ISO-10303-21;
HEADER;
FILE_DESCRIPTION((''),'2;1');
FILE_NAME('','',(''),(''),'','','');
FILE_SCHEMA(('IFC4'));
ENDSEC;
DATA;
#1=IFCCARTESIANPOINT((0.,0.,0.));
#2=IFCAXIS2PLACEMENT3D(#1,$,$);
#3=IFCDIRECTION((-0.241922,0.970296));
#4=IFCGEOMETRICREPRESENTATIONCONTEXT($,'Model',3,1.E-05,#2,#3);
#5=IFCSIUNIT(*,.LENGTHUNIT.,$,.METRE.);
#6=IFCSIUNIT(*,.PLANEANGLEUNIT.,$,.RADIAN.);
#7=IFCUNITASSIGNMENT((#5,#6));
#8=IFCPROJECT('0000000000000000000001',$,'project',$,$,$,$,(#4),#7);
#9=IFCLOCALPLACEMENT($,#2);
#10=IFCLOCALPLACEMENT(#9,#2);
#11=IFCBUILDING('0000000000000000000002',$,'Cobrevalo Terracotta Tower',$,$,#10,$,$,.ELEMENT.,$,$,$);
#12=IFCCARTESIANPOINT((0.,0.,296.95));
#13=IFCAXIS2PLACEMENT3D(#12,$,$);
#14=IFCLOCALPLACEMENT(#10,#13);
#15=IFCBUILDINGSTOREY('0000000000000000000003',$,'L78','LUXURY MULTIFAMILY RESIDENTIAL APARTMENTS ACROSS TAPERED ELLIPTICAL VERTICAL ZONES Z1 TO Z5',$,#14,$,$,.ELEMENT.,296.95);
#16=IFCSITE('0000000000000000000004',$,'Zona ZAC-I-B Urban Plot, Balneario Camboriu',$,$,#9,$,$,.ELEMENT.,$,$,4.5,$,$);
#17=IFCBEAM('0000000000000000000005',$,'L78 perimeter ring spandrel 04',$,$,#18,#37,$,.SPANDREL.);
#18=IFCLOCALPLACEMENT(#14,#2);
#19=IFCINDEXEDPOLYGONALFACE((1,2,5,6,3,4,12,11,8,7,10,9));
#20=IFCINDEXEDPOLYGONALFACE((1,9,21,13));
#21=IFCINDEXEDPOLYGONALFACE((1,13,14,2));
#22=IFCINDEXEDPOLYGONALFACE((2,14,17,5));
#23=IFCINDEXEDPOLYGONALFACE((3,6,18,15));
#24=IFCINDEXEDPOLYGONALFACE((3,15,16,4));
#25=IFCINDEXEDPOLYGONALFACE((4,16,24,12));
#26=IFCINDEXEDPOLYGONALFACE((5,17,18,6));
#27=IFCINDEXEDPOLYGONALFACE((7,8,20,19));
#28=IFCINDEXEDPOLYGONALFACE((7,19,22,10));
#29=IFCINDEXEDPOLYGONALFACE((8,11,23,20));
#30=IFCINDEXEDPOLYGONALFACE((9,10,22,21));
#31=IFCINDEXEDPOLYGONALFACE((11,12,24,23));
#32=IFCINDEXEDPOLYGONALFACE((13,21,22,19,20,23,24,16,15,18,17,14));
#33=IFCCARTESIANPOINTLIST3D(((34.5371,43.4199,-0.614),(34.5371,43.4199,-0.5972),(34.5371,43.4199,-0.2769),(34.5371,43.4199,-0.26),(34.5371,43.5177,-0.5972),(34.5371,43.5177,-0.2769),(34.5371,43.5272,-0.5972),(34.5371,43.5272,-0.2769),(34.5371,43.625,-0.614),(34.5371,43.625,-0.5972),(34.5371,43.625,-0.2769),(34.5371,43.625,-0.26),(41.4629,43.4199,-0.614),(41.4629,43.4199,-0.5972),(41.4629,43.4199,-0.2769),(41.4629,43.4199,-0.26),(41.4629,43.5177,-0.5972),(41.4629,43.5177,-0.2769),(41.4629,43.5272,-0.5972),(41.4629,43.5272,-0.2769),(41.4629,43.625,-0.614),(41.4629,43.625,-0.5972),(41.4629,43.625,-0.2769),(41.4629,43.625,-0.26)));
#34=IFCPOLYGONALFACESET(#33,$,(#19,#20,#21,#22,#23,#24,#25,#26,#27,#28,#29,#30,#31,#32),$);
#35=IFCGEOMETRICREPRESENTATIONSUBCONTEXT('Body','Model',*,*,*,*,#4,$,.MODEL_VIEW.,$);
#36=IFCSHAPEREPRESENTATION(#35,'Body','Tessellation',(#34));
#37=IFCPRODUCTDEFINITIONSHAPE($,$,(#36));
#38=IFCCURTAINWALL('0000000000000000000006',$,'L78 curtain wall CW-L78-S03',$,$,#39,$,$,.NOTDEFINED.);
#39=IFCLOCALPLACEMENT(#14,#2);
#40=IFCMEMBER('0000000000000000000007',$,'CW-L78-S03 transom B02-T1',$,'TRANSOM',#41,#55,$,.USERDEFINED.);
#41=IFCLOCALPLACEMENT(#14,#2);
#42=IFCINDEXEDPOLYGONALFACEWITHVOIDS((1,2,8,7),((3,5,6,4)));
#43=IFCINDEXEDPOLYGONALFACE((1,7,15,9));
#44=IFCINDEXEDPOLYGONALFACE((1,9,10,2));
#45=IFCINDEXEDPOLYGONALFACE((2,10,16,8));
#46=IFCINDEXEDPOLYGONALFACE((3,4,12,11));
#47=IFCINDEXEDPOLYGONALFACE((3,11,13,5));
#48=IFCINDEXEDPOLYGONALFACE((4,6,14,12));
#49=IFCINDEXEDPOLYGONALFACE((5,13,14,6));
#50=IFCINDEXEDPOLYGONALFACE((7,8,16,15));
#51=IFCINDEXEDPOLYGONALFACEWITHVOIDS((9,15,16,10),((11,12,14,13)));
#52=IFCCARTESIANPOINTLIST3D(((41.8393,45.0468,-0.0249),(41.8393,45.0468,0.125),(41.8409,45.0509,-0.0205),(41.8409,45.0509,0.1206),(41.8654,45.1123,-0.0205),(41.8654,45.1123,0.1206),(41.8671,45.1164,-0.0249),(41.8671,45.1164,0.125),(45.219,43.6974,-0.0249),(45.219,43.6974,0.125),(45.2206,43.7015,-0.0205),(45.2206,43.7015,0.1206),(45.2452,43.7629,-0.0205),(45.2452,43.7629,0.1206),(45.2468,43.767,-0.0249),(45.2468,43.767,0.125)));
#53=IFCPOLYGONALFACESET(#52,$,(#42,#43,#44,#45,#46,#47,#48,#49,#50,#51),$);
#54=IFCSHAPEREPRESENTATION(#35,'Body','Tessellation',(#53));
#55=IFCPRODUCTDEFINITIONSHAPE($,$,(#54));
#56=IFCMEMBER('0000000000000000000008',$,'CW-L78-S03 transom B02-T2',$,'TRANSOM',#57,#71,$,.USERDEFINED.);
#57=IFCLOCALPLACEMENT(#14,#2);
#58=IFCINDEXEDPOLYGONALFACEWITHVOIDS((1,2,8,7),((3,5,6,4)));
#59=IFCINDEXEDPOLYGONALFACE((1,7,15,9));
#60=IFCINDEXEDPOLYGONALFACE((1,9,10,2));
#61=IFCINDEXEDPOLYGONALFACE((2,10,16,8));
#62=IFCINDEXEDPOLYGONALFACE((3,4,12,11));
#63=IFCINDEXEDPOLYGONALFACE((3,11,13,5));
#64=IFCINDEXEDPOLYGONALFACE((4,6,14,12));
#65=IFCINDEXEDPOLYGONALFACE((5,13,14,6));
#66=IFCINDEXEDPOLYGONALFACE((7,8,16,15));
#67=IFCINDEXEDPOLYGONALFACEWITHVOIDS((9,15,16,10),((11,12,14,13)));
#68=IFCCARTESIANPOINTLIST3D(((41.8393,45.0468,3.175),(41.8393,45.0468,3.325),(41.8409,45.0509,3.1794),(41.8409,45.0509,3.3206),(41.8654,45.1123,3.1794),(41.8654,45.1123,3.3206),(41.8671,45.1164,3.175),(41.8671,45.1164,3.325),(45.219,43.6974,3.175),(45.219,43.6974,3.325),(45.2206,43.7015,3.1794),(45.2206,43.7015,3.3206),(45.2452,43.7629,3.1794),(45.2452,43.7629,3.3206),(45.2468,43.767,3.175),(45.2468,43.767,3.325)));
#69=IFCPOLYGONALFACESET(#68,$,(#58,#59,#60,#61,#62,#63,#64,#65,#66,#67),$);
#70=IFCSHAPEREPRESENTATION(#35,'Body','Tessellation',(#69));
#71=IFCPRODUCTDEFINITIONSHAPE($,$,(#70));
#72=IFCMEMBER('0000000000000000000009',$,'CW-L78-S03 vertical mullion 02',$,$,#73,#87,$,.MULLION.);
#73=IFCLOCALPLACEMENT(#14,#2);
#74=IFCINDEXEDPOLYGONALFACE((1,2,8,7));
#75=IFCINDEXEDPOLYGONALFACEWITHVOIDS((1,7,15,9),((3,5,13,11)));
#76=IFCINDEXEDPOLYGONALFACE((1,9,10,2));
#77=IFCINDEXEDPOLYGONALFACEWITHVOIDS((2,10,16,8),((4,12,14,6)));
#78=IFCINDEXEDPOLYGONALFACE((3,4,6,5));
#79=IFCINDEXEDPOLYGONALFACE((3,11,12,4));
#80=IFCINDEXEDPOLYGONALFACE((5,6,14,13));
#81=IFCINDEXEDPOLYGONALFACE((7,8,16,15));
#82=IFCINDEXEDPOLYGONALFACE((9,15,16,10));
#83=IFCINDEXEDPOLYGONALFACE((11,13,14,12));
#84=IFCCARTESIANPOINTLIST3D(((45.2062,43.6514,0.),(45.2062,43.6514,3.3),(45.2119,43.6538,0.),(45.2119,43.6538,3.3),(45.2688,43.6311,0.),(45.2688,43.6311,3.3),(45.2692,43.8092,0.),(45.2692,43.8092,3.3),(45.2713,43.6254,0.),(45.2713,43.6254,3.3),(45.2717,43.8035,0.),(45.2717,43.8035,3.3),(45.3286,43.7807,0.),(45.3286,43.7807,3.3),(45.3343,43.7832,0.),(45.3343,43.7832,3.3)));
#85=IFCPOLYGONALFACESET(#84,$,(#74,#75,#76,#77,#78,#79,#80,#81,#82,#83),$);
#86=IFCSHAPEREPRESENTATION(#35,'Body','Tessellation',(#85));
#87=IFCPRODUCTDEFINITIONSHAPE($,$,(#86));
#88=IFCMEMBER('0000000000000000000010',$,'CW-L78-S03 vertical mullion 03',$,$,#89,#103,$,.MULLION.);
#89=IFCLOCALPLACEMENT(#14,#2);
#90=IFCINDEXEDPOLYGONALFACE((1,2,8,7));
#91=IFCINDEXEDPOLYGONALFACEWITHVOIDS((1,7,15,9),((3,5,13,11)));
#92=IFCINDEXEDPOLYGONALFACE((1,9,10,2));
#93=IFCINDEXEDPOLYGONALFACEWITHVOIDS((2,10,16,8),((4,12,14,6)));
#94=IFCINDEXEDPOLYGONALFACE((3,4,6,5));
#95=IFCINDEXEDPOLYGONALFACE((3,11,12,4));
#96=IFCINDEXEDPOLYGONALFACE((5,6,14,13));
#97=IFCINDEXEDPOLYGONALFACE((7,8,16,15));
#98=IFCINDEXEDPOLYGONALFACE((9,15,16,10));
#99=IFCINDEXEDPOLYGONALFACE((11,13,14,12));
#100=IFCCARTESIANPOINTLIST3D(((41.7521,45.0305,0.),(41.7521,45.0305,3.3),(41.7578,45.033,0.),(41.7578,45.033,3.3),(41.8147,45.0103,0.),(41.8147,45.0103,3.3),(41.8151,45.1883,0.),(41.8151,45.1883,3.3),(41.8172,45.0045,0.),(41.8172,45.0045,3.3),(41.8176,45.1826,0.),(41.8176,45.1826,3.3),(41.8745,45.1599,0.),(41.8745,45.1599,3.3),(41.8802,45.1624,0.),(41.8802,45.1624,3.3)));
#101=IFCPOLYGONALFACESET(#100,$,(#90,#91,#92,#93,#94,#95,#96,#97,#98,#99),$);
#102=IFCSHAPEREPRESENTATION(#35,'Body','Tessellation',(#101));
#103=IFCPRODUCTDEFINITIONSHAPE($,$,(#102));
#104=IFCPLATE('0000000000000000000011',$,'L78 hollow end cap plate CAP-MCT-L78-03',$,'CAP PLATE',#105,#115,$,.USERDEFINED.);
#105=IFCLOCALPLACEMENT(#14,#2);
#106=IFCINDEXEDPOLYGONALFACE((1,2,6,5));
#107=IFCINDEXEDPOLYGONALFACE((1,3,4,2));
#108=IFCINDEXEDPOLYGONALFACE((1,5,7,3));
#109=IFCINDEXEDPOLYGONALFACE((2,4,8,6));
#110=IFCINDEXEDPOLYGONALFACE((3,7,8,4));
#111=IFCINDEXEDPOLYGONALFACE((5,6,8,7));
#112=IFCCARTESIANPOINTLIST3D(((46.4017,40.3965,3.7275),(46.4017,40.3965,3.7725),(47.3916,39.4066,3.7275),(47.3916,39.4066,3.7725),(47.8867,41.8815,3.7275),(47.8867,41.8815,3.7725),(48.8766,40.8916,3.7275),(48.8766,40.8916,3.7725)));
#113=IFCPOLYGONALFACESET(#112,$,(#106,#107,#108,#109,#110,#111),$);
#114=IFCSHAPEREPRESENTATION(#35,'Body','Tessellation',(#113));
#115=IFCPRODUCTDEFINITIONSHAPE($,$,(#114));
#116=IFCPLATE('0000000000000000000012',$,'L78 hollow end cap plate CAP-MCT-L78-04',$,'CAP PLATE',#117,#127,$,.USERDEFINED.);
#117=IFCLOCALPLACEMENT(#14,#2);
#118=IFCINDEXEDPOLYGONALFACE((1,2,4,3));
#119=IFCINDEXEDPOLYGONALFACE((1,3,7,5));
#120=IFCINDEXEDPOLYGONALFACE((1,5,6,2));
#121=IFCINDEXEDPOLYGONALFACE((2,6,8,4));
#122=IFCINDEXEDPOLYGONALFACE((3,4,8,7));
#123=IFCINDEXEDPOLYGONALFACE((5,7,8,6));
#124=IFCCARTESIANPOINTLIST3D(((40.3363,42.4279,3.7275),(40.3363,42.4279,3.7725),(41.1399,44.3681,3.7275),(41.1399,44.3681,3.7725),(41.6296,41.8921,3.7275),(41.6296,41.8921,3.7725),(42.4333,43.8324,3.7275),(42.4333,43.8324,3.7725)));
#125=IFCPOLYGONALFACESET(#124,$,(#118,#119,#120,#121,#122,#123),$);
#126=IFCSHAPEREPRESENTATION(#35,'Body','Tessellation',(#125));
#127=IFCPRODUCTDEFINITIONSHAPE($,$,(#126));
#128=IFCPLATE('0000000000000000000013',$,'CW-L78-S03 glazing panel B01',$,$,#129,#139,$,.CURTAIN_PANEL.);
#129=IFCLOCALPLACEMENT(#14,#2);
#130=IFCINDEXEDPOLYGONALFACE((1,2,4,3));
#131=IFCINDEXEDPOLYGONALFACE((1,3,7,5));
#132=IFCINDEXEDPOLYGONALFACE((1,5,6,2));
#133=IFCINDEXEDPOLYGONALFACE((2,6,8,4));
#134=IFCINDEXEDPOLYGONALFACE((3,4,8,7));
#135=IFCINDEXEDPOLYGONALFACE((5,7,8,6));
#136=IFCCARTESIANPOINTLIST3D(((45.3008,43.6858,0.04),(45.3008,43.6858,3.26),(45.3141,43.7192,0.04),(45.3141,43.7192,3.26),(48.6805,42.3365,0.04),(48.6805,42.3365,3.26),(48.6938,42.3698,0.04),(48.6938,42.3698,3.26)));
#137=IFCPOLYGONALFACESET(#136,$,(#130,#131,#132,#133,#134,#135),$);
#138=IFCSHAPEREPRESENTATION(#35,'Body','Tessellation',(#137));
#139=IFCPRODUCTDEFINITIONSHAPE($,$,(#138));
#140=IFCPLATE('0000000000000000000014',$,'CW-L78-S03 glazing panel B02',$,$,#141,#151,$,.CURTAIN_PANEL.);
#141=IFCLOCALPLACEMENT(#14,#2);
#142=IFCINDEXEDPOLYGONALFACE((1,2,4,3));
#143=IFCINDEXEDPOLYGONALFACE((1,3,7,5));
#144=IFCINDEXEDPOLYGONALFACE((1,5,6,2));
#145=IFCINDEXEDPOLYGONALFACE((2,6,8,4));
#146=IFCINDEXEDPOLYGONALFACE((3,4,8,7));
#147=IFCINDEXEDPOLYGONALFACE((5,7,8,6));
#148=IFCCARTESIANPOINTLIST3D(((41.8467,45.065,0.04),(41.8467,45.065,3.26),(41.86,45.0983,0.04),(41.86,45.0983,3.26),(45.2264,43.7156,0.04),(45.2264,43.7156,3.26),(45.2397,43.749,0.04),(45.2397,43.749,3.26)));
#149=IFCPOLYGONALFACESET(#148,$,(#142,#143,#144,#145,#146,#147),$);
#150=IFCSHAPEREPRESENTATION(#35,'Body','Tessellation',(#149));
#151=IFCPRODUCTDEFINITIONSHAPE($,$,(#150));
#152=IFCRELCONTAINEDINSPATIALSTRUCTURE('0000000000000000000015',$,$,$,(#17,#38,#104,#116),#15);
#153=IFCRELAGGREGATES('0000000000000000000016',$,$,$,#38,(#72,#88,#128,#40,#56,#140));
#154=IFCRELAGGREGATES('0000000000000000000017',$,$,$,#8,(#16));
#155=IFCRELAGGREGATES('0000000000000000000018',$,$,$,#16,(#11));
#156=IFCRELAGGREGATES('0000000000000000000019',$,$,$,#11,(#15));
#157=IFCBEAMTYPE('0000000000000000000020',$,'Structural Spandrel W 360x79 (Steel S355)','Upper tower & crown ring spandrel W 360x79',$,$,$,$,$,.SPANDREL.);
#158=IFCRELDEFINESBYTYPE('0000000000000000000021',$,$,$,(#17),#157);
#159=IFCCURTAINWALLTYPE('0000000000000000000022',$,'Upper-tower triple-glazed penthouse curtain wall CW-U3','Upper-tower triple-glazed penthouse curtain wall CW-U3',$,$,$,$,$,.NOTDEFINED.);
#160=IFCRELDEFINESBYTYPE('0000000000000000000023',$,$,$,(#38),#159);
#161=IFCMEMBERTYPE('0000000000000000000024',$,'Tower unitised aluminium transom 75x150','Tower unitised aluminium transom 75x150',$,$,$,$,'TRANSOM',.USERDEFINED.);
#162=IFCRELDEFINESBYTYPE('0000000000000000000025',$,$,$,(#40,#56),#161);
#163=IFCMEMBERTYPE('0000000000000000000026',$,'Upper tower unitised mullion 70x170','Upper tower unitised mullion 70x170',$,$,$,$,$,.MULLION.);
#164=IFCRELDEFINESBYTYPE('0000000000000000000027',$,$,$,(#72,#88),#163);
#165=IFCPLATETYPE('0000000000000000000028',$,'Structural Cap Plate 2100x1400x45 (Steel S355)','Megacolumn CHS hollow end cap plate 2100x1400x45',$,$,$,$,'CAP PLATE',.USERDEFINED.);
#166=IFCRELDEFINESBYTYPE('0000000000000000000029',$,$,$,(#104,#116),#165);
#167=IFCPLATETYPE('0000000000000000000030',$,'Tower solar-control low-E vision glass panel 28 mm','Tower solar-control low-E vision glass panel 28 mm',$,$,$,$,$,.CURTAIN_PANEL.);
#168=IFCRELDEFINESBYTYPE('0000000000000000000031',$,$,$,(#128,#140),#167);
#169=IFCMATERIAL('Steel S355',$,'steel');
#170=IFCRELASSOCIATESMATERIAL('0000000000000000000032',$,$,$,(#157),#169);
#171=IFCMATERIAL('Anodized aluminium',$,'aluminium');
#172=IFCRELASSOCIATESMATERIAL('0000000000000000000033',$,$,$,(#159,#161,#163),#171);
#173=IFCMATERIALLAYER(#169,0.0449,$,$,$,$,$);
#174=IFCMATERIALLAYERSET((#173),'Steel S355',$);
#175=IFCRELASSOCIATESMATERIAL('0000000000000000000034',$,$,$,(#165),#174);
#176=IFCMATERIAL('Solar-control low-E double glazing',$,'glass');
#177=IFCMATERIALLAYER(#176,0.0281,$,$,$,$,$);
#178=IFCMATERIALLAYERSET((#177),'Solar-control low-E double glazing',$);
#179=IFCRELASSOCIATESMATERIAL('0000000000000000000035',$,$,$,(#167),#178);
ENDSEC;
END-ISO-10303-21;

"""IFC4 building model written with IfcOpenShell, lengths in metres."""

from ifc_helpers import new_model, si_unit, direction, frame, origin, origin_2d, place, context, subcontext, project, spatial, rectangle, hollow_rectangle, i_section, extrude, source, transform, mapped, material, layer, layer_set, material_profile, profile_set, type_object, element, aggregate, save


model = new_model("IFC4")

# Units and contexts
model_context = context("Model", 3, precision=1e-05, world=origin(), true_north=direction((-0.241922, 0.970296)))
body_context = subcontext(model_context, "Body", "Model", "MODEL_VIEW")
ifc_project = project(units=[si_unit("LENGTHUNIT", "METRE"), si_unit("PLANEANGLEUNIT", "RADIAN")], contexts=[model_context])

# Site, building, storey
site_placement = place(None, origin())
site = spatial("IfcSite", under=ifc_project, at=site_placement, Name="Zona ZAC-I-B Urban Plot, Balneario Camboriu", CompositionType="ELEMENT", RefElevation=4.5)
building_placement = place(site_placement, origin())
building = spatial("IfcBuilding", under=site, at=building_placement, Name="Cobrevalo Terracotta Tower", CompositionType="ELEMENT")
storey_placement = place(building_placement, frame((0.0, 0.0, 296.95)))
storey = spatial("IfcBuildingStorey", under=building, at=storey_placement, Name="L78", Description="LUXURY MULTIFAMILY RESIDENTIAL APARTMENTS ACROSS TAPERED ELLIPTICAL VERTICAL ZONES Z1 TO Z5", CompositionType="ELEMENT", Elevation=296.95)

# Shared definitions
ifc_material_1 = material(Name="Steel S355", Category="steel")

# Beam
ifc_material_profile_1 = material_profile(ifc_material_1, i_section(OverallWidth=0.2051, OverallDepth=0.354, WebThickness=0.0095, FlangeThickness=0.0168, at=origin_2d()), Name="W 360x79")
ifc_profile_set_1 = profile_set([ifc_material_profile_1], Name="Steel S355")
beam_type_1 = type_object("IfcBeamType", Name="Structural Spandrel W 360x79 (Steel S355)", Description="Upper tower & crown ring spandrel W 360x79", PredefinedType="SPANDREL", material=ifc_profile_set_1)
beam_1_placement = place(storey_placement, frame((41.4629, 43.5225, -0.437), z_axis=(-1.0, 0.0, 0.0), x_axis=(0.0, -1.0, 0.0)))
element("IfcBeam", 1, at=beam_1_placement, inside=storey, type_object=beam_type_1, Name="L78 perimeter ring spandrel 04", PredefinedType="SPANDREL", context=body_context, shape_type="SweptSolid", body=[
    extrude(i_section(OverallWidth=0.2051, OverallDepth=0.354, WebThickness=0.0095, FlangeThickness=0.0168, at=origin_2d()), origin(), (0.0, 0.0, 1.0), 6.9258),
])

# Curtain wall, members
ifc_material_2 = material(Name="Anodized aluminium", Category="aluminium")
curtain_wall_type = type_object("IfcCurtainWallType", Name="Upper-tower triple-glazed penthouse curtain wall CW-U3", Description="Upper-tower triple-glazed penthouse curtain wall CW-U3", PredefinedType="NOTDEFINED", material=ifc_material_2)
curtain_wall_placement = place(storey_placement, origin())
curtain_wall = element("IfcCurtainWall", 2, at=curtain_wall_placement, inside=storey, type_object=curtain_wall_type, Name="L78 curtain wall CW-L78-S03", PredefinedType="NOTDEFINED")
ifc_material_profile_2 = material_profile(ifc_material_2, hollow_rectangle(XDim=0.075, YDim=0.1499, WallThickness=0.0044, at=origin_2d()), Name="CWT 75x150")
ifc_profile_set_2 = profile_set([ifc_material_profile_2], Name="Anodized aluminium")
member_type_1 = type_object("IfcMemberType", Name="Tower unitised aluminium transom 75x150", Description="Tower unitised aluminium transom 75x150", ElementType="TRANSOM", PredefinedType="USERDEFINED", material=ifc_profile_set_2)
shared_shape_1 = source(origin(), body_context, "Body", "SweptSolid", [
    extrude(hollow_rectangle(XDim=0.075, YDim=0.1499, WallThickness=0.0044, at=origin_2d()), origin(), (0.0, 0.0, 1.0), 3.6392),
])
member_1_placement = place(storey_placement, frame((45.2329, 43.7322, 0.05), z_axis=(-0.928712, 0.370801, 0.0), x_axis=(-0.370801, -0.928712, 0.0)))
member_1 = element("IfcMember", 3, at=member_1_placement, type_object=member_type_1, Name="CW-L78-S03 transom B02-T1", ObjectType="TRANSOM", PredefinedType="USERDEFINED", context=body_context, shape_type="MappedRepresentation", body=[
    mapped(shared_shape_1, transform((0.0, 0.0, 0.0), scale=1.0)),
])
member_2_placement = place(storey_placement, frame((45.2329, 43.7322, 3.25), z_axis=(-0.928712, 0.370801, 0.0), x_axis=(-0.370801, -0.928712, 0.0)))
member_2 = element("IfcMember", 4, at=member_2_placement, type_object=member_type_1, Name="CW-L78-S03 transom B02-T2", ObjectType="TRANSOM", PredefinedType="USERDEFINED", context=body_context, shape_type="MappedRepresentation", body=[
    mapped(shared_shape_1, transform((0.0, 0.0, 0.0), scale=1.0)),
])
ifc_material_profile_3 = material_profile(ifc_material_2, hollow_rectangle(XDim=0.0701, YDim=0.1699, WallThickness=0.0044, at=origin_2d()), Name="CWM 70x170")
ifc_profile_set_3 = profile_set([ifc_material_profile_3], Name="Anodized aluminium")
member_type_2 = type_object("IfcMemberType", Name="Upper tower unitised mullion 70x170", Description="Upper tower unitised mullion 70x170", PredefinedType="MULLION", material=ifc_profile_set_3)
shared_shape_2 = source(origin(), body_context, "Body", "SweptSolid", [
    extrude(hollow_rectangle(XDim=0.0701, YDim=0.1699, WallThickness=0.0044, at=origin_2d()), origin(), (0.0, 0.0, 1.0), 3.3),
])
member_3_placement = place(storey_placement, frame((45.2703, 43.7173, 0.0), z_axis=(0.0, 0.0, 1.0), x_axis=(-0.928719, 0.370784, 0.0)))
member_3 = element("IfcMember", 5, at=member_3_placement, type_object=member_type_2, Name="CW-L78-S03 vertical mullion 02", PredefinedType="MULLION", context=body_context, shape_type="MappedRepresentation", body=[
    mapped(shared_shape_2, transform((0.0, 0.0, 0.0), scale=1.0)),
])
member_4_placement = place(storey_placement, frame((41.8162, 45.0964, 0.0), z_axis=(0.0, 0.0, 1.0), x_axis=(-0.928719, 0.370784, 0.0)))
member_4 = element("IfcMember", 6, at=member_4_placement, type_object=member_type_2, Name="CW-L78-S03 vertical mullion 03", PredefinedType="MULLION", context=body_context, shape_type="MappedRepresentation", body=[
    mapped(shared_shape_2, transform((0.0, 0.0, 0.0), scale=1.0)),
])

# Plates
ifc_layer_1 = layer(ifc_material_1, 0.0449)
ifc_layer_set_1 = layer_set([ifc_layer_1], Name="Steel S355")
plate_type_1 = type_object("IfcPlateType", Name="Structural Cap Plate 2100x1400x45 (Steel S355)", Description="Megacolumn CHS hollow end cap plate 2100x1400x45", ElementType="CAP PLATE", PredefinedType="USERDEFINED", material=ifc_layer_set_1)
shared_shape_3 = source(origin(), body_context, "Body", "SweptSolid", [
    extrude(rectangle(XDim=2.1001, YDim=1.3999, at=origin_2d()), origin(), (0.0, 0.0, 1.0), 0.0449),
])
for number, where, z_axis, x_axis, name in (
    (7, (47.6392, 40.644, 3.7275), (0.0, 0.0, 1.0), (0.707107, 0.707107, 0.0), "L78 hollow end cap plate CAP-MCT-L78-03"),
    (8, (41.3848, 43.1301, 3.7275), (0.0, 0.0, 1.0), (0.382683, 0.92388, 0.0), "L78 hollow end cap plate CAP-MCT-L78-04"),
):
    element("IfcPlate", number, at=place(storey_placement, frame(where, z_axis=z_axis, x_axis=x_axis)), inside=storey, type_object=plate_type_1, Name=name, ObjectType="CAP PLATE", PredefinedType="USERDEFINED", context=body_context, shape_type="MappedRepresentation", body=[
        mapped(shared_shape_3, transform((0.0, 0.0, 0.0), scale=1.0)),
    ])

# Plates
ifc_material_3 = material(Name="Solar-control low-E double glazing", Category="glass")
ifc_layer_2 = layer(ifc_material_3, 0.0281)
ifc_layer_set_2 = layer_set([ifc_layer_2], Name="Solar-control low-E double glazing")
plate_type_2 = type_object("IfcPlateType", Name="Tower solar-control low-E vision glass panel 28 mm", Description="Tower solar-control low-E vision glass panel 28 mm", PredefinedType="CURTAIN_PANEL", material=ifc_layer_set_2)
shared_shape_4 = source(origin(), body_context, "Body", "SweptSolid", [
    extrude(rectangle(XDim=3.6392, YDim=0.0359, at=origin_2d()), origin(), (0.0, 0.0, 1.0), 3.22),
])
plate_1_placement = place(storey_placement, frame((46.9973, 43.0278, 0.04), z_axis=(0.0, 0.0, 1.0), x_axis=(-0.928718, 0.370786, 0.0)))
plate_1 = element("IfcPlate", 9, at=plate_1_placement, type_object=plate_type_2, Name="CW-L78-S03 glazing panel B01", PredefinedType="CURTAIN_PANEL", context=body_context, shape_type="MappedRepresentation", body=[
    mapped(shared_shape_4, transform((0.0, 0.0, 0.0), scale=1.0)),
])
plate_2_placement = place(storey_placement, frame((43.5432, 44.407, 0.04), z_axis=(0.0, 0.0, 1.0), x_axis=(-0.928718, 0.370786, 0.0)))
plate_2 = element("IfcPlate", 10, at=plate_2_placement, type_object=plate_type_2, Name="CW-L78-S03 glazing panel B02", PredefinedType="CURTAIN_PANEL", context=body_context, shape_type="MappedRepresentation", body=[
    mapped(shared_shape_4, transform((0.0, 0.0, 0.0), scale=1.0)),
])
aggregate(curtain_wall, [member_3, member_4, plate_1, member_1, member_2, plate_2])

save(model, "model.ifc")
